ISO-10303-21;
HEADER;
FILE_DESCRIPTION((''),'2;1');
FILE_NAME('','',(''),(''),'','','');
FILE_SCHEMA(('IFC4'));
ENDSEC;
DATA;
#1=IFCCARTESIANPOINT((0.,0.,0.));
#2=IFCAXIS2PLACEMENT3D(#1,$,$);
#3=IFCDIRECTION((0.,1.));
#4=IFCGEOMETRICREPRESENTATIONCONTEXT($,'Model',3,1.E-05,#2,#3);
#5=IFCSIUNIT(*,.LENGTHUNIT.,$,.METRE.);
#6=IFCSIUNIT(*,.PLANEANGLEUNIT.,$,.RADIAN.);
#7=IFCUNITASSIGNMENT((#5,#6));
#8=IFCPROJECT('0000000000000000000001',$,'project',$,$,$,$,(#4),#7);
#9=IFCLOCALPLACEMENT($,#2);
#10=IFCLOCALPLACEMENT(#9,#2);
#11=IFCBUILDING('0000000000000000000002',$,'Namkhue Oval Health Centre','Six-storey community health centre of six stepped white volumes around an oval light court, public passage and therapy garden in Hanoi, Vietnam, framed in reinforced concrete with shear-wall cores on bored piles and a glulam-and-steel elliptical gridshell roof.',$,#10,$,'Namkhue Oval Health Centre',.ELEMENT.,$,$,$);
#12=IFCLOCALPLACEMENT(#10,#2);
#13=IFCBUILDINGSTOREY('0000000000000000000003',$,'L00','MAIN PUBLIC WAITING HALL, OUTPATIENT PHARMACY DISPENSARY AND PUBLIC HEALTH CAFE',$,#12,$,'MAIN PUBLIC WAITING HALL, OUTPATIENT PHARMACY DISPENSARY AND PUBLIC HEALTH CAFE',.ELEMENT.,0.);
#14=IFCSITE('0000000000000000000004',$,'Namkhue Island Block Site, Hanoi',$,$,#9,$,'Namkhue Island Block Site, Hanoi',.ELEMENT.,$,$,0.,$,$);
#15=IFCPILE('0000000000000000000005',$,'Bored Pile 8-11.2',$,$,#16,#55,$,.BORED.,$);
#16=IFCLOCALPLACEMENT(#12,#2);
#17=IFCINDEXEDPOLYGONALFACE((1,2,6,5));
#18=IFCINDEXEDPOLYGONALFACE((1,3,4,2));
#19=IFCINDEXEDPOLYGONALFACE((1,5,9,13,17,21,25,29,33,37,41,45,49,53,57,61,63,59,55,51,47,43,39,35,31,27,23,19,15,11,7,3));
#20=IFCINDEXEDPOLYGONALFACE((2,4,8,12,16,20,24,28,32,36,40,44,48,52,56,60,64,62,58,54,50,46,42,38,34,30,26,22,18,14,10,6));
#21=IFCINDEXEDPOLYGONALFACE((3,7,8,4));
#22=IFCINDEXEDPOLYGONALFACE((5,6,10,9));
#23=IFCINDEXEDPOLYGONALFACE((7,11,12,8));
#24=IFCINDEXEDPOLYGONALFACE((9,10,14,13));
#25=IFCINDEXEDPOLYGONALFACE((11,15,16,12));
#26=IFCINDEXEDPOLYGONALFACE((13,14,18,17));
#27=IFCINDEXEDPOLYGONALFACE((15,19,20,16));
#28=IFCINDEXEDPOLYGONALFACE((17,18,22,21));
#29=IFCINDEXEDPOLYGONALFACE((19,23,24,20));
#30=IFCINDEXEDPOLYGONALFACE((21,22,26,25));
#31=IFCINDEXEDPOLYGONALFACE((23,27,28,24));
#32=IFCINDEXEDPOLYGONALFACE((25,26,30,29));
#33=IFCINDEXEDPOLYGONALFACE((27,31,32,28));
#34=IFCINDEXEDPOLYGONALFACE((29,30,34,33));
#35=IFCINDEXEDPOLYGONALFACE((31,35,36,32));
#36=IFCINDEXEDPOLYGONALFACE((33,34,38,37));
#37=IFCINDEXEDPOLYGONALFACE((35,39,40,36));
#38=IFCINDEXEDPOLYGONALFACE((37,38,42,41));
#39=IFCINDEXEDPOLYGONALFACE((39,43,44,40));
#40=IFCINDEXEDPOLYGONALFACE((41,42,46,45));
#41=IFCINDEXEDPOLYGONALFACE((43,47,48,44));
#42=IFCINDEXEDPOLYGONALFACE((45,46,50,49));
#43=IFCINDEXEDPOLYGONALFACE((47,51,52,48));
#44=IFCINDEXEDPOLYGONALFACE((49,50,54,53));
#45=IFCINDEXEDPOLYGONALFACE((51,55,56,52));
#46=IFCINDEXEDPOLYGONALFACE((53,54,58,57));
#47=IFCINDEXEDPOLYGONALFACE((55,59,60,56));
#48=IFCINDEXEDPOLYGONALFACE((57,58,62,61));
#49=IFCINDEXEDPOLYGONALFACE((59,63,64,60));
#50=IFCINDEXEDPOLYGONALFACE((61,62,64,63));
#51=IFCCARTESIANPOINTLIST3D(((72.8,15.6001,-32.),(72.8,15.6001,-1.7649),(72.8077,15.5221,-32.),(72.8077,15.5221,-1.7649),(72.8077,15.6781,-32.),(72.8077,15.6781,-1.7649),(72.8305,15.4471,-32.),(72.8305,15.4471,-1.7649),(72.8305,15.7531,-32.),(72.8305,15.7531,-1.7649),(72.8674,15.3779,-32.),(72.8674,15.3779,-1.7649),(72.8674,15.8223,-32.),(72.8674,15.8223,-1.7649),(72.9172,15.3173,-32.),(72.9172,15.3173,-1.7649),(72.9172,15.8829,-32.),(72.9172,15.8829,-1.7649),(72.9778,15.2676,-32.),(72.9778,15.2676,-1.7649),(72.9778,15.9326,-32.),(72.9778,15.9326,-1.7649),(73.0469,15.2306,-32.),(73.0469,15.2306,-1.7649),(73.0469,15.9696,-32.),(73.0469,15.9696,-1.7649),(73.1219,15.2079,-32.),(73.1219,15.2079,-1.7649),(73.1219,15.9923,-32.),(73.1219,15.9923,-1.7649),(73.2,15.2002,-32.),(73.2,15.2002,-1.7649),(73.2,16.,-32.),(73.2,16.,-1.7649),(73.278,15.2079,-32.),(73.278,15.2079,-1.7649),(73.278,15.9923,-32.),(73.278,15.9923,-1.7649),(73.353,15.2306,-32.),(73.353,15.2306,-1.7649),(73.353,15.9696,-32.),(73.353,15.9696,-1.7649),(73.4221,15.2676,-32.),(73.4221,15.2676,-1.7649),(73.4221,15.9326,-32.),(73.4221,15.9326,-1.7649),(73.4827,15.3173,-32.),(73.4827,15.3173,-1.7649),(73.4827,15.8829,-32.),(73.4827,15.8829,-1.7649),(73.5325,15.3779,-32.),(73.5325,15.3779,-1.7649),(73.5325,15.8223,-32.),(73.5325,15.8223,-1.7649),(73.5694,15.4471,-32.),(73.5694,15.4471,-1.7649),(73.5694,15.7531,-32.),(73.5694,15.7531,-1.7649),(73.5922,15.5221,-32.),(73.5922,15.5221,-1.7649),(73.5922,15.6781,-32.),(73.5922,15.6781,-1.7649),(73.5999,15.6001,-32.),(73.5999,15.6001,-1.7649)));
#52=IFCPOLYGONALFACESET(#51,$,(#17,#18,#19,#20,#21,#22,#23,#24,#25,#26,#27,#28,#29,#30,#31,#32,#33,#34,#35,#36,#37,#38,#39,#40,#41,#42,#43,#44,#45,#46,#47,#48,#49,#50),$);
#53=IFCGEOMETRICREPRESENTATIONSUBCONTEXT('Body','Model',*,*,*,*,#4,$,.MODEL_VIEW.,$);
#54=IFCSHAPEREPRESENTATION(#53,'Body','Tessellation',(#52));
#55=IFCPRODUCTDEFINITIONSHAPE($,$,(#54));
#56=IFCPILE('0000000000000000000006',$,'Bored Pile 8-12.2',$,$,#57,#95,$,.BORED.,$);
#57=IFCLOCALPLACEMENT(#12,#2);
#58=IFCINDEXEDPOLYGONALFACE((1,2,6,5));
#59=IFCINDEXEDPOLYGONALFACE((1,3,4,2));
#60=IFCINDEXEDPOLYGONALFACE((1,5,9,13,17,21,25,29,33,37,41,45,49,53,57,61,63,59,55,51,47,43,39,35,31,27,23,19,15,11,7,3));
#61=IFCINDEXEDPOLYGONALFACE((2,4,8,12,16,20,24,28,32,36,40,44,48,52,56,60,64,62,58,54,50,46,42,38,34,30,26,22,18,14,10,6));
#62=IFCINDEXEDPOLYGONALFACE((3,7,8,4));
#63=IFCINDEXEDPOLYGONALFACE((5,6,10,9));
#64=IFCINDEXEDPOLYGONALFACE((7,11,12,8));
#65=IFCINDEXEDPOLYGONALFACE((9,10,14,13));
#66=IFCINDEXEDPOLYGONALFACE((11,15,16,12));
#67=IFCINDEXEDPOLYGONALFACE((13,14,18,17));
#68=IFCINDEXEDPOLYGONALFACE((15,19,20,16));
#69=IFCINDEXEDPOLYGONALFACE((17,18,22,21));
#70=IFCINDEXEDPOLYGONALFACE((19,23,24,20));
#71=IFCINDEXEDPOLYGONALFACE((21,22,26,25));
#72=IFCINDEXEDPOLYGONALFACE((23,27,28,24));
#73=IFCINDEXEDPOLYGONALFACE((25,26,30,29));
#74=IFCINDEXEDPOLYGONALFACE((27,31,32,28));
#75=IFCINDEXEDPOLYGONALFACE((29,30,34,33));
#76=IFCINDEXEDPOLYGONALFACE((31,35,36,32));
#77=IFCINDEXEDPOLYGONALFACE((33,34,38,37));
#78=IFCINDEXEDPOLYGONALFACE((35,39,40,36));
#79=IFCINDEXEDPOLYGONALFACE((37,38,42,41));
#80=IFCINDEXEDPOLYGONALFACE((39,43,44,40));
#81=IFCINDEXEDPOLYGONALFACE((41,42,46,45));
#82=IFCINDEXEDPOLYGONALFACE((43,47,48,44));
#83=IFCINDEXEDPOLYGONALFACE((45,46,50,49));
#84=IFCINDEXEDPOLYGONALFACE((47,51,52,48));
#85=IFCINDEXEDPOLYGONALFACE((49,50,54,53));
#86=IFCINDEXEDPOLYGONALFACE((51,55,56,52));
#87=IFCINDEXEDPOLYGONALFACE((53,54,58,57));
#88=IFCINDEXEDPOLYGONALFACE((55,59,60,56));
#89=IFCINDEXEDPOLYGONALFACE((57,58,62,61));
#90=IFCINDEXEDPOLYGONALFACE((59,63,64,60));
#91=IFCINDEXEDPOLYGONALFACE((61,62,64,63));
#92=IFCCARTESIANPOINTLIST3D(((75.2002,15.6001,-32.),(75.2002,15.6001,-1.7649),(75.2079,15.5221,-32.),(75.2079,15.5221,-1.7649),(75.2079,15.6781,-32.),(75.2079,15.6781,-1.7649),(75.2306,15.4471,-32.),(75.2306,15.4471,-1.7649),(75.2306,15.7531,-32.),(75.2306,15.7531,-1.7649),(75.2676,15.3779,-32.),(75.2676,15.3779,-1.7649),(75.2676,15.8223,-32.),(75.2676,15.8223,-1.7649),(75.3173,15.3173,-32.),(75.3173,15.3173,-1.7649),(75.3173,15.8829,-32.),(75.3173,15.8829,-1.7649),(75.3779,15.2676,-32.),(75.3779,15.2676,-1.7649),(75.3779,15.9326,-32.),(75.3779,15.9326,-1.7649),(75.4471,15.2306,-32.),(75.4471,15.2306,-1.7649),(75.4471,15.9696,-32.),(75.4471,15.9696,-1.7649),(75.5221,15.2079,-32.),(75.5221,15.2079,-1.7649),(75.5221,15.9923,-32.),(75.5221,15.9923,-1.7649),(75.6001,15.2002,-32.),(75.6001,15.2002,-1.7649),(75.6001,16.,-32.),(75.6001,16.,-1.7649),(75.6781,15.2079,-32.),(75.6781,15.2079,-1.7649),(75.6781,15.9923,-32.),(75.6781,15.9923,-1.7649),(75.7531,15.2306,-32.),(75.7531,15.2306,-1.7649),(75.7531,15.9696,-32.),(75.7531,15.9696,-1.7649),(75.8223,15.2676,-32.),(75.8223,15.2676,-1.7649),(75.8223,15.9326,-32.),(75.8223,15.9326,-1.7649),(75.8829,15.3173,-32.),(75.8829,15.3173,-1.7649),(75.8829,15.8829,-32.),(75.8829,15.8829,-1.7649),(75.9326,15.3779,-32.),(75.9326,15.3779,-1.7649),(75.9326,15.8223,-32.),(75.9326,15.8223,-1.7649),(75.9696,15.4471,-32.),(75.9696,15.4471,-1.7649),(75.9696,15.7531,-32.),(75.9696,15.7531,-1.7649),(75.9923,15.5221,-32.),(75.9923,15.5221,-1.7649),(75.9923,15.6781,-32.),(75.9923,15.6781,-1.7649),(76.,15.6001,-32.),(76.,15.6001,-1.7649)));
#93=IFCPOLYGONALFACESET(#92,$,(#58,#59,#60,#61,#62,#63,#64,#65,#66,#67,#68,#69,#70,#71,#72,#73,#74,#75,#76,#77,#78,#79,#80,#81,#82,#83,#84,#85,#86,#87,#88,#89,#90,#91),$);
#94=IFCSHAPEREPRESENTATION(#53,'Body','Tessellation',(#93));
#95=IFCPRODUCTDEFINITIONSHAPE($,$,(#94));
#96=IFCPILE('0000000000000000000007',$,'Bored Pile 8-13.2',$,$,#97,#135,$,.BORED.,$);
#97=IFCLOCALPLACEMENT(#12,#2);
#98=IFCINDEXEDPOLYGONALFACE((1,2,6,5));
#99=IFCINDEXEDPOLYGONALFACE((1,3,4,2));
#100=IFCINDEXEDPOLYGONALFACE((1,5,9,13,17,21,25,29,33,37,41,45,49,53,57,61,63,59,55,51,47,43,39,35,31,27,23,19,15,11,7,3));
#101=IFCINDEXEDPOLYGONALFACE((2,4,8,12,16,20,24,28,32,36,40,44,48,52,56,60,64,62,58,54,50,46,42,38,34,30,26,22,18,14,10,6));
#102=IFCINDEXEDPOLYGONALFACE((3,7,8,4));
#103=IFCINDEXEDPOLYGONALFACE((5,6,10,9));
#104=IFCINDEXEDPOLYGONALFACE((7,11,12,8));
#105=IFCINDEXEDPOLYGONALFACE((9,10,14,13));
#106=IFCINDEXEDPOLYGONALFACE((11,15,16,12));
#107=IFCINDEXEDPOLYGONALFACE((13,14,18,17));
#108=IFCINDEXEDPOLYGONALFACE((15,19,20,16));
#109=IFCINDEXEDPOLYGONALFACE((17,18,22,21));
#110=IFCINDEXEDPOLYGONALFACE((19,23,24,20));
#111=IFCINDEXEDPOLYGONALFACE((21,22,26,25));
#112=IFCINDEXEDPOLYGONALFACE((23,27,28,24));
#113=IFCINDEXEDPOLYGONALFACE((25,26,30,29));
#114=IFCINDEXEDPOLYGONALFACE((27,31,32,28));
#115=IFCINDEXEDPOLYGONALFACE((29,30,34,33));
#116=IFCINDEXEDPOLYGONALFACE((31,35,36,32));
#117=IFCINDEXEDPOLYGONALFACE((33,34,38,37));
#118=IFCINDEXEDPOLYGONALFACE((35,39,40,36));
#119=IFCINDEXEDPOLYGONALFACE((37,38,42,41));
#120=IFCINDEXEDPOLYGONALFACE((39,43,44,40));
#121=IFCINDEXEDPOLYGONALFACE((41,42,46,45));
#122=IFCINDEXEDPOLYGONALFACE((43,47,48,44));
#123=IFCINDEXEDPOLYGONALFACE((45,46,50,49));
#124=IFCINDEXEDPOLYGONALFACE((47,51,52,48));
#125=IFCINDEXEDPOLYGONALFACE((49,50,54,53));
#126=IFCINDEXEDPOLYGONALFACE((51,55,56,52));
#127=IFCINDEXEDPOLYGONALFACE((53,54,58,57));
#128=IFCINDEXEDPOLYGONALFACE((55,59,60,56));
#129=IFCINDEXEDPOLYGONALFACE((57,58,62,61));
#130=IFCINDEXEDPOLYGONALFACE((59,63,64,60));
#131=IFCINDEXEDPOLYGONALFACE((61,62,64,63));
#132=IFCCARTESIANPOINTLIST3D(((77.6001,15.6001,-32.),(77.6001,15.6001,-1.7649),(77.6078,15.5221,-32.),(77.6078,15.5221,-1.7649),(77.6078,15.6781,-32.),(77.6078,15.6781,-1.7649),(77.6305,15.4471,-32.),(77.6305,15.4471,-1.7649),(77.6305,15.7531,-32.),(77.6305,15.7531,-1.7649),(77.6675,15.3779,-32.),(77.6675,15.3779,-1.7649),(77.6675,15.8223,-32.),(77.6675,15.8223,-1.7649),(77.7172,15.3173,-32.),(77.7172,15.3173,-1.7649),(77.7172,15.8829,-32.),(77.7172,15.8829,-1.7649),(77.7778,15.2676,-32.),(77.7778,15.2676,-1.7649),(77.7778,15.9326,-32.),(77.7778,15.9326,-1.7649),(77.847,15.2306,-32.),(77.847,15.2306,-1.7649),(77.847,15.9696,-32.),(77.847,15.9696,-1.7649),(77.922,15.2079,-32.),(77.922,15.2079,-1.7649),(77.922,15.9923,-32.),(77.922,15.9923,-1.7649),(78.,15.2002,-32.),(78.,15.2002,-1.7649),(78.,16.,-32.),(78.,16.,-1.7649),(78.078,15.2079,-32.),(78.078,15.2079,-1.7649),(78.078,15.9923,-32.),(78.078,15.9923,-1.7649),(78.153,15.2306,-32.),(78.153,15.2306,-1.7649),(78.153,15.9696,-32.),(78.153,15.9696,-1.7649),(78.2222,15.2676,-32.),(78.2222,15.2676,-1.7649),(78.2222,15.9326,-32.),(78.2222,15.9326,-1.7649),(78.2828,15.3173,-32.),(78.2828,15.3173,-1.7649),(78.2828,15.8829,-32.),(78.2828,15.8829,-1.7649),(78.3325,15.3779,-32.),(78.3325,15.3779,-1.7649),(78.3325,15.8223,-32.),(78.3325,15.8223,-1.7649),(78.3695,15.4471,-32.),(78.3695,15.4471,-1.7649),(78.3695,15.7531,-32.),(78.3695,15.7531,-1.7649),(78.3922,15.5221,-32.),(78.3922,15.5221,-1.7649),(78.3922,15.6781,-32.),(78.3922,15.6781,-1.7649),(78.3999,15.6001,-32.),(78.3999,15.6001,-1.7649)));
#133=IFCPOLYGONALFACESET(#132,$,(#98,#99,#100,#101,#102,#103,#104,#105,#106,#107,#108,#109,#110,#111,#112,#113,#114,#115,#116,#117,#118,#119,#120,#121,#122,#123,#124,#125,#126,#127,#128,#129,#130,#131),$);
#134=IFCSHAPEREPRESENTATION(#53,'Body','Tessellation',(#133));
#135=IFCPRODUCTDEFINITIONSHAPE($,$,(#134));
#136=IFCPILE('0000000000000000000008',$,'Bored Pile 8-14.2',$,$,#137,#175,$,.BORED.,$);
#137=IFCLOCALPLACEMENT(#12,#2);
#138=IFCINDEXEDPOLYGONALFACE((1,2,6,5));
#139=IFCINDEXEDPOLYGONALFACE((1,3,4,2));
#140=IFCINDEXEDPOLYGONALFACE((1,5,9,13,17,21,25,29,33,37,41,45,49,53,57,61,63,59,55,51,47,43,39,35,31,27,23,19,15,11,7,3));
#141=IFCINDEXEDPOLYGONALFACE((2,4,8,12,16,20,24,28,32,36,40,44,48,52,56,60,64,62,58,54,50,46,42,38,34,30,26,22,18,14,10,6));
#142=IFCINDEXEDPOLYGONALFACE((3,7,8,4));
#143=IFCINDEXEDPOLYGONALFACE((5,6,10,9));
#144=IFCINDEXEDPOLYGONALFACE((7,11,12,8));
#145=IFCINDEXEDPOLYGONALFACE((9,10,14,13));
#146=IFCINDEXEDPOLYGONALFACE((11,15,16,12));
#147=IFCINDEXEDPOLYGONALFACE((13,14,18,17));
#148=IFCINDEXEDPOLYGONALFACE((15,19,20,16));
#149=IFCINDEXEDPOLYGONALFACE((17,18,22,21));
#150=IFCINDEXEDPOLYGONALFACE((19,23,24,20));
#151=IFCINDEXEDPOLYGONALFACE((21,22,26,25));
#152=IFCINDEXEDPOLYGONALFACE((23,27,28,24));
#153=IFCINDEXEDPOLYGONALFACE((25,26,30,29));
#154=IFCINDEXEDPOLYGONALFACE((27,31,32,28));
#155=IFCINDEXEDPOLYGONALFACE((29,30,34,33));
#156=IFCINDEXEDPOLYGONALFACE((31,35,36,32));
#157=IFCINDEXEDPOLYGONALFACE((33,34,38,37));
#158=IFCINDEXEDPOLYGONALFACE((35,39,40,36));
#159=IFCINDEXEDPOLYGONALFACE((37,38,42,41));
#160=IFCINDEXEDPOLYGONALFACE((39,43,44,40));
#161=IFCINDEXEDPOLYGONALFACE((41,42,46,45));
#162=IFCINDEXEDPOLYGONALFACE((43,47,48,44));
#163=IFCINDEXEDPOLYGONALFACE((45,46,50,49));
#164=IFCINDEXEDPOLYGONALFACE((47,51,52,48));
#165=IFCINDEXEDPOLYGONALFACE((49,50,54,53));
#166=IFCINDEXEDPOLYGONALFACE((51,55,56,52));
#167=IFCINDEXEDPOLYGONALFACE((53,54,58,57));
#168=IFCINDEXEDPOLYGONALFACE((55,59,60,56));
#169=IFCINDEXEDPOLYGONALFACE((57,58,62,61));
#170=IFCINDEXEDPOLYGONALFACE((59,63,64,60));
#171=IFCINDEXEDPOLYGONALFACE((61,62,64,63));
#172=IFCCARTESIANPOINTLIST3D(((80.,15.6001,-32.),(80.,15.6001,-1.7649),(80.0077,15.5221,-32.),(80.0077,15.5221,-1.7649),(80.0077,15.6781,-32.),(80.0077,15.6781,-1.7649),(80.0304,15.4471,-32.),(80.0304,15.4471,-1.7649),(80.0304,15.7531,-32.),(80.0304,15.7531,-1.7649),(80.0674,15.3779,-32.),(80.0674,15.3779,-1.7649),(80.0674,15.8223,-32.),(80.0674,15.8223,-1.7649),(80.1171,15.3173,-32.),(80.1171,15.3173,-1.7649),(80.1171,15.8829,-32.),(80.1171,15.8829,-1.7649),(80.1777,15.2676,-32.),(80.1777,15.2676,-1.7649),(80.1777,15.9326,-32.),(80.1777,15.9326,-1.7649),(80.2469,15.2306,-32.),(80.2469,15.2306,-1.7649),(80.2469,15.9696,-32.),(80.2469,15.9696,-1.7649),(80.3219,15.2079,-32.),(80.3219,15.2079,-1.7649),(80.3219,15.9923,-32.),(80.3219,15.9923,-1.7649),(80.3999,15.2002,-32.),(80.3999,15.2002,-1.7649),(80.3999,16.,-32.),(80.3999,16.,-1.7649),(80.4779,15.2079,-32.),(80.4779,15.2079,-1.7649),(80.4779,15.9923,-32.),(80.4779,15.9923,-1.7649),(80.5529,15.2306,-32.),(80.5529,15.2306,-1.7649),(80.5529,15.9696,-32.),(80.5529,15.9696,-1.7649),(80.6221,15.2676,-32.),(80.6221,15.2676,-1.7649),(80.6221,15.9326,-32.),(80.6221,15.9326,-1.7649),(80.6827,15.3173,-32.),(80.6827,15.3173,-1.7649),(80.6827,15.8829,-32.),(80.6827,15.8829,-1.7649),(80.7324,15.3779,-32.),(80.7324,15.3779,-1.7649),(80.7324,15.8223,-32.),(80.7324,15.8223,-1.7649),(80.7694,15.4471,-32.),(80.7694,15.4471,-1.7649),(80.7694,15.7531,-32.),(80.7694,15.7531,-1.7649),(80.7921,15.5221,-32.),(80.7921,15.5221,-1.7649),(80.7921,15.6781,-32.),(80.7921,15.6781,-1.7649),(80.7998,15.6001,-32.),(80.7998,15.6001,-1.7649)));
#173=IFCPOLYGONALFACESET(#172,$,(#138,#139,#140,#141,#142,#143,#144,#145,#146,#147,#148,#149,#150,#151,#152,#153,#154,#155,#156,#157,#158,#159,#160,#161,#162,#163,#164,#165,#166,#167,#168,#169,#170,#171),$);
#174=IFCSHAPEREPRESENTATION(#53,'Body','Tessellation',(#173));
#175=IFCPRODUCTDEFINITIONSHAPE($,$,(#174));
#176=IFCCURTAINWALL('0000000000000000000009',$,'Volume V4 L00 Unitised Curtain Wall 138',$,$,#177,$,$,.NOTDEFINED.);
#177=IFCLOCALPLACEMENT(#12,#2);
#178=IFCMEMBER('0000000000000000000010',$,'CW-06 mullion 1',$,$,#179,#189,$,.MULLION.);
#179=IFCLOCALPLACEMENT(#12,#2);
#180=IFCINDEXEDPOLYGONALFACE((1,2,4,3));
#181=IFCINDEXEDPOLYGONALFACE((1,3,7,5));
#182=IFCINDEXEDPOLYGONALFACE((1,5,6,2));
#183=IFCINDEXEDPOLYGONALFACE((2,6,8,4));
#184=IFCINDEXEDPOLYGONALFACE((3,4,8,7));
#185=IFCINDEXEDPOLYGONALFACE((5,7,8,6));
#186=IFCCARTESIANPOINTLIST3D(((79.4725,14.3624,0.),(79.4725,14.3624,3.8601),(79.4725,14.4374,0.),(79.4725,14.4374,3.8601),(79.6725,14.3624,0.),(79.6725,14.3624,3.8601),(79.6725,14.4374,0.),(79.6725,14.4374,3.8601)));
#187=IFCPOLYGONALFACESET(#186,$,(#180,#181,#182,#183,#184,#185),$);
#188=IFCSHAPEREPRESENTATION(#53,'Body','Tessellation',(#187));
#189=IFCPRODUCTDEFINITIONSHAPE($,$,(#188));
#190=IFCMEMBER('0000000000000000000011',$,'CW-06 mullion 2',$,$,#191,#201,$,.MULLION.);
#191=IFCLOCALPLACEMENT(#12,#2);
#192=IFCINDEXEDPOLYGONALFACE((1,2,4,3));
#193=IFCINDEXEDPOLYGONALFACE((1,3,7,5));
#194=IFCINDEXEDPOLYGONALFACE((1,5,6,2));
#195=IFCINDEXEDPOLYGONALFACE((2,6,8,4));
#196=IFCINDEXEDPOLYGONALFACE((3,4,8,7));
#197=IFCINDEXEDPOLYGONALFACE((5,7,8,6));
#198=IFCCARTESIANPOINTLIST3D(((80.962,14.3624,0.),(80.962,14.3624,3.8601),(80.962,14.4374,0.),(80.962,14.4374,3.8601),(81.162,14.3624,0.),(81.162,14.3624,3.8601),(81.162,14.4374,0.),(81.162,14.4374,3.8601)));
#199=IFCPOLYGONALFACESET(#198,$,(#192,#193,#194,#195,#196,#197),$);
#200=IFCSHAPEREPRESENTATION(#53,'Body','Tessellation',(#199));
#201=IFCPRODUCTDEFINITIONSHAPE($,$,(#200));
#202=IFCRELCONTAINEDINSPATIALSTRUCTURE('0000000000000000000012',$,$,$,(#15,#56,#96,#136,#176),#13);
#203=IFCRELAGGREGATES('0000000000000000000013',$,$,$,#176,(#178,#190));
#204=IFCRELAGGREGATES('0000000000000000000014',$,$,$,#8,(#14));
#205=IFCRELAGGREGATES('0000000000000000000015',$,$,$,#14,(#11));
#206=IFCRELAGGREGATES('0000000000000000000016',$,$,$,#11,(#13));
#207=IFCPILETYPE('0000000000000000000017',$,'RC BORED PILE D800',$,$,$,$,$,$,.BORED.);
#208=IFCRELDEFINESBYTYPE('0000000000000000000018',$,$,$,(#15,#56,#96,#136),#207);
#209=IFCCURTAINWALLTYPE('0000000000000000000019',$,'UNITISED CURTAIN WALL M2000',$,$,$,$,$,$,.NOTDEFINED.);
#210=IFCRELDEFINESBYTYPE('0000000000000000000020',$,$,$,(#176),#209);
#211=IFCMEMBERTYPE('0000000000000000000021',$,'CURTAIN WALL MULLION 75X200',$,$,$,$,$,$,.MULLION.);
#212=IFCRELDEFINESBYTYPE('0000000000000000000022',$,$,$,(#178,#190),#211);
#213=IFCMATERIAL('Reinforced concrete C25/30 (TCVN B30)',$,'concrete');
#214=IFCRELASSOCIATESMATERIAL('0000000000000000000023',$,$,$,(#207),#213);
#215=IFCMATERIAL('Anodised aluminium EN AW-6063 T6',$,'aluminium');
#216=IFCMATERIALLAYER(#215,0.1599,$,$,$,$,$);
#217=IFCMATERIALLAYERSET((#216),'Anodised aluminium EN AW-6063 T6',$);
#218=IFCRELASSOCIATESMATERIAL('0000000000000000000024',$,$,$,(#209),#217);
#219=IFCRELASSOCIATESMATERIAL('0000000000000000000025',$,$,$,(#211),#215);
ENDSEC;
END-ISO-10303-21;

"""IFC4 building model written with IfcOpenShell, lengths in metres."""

from ifc_helpers import new_model, si_unit, direction, frame, origin, origin_2d, place, context, subcontext, project, spatial, rectangle, circle, extrude, material, layer, layer_set, material_profile, profile_set, type_object, element, aggregate, save


model = new_model("IFC4")

# Units and contexts
model_context = context("Model", 3, precision=1e-05, world=origin(), true_north=direction((0.0, 1.0)))
body_context = subcontext(model_context, "Body", "Model", "MODEL_VIEW")
ifc_project = project(units=[si_unit("LENGTHUNIT", "METRE"), si_unit("PLANEANGLEUNIT", "RADIAN")], contexts=[model_context])

# Site, building, storey
site_placement = place(None, origin())
site = spatial("IfcSite", under=ifc_project, at=site_placement, Name="Namkhue Island Block Site, Hanoi", LongName="Namkhue Island Block Site, Hanoi", CompositionType="ELEMENT", RefElevation=0.0)
building_placement = place(site_placement, origin())
building = spatial("IfcBuilding", under=site, at=building_placement, Name="Namkhue Oval Health Centre", Description="Six-storey community health centre of six stepped white volumes around an oval light court, public passage and therapy garden in Hanoi, Vietnam, framed in reinforced concrete with shear-wall cores on bored piles and a glulam-and-steel elliptical gridshell roof.", LongName="Namkhue Oval Health Centre", CompositionType="ELEMENT")
storey_placement = place(building_placement, origin())
storey = spatial("IfcBuildingStorey", under=building, at=storey_placement, Name="L00", Description="MAIN PUBLIC WAITING HALL, OUTPATIENT PHARMACY DISPENSARY AND PUBLIC HEALTH CAFE", LongName="MAIN PUBLIC WAITING HALL, OUTPATIENT PHARMACY DISPENSARY AND PUBLIC HEALTH CAFE", CompositionType="ELEMENT", Elevation=0.0)

# Piles
ifc_material_1 = material(Name="Reinforced concrete C25/30 (TCVN B30)", Category="concrete")
ifc_material_profile_1 = material_profile(ifc_material_1, circle(Radius=0.3999, at=origin_2d()), Name="BORED PILE D800")
ifc_profile_set_1 = profile_set([ifc_material_profile_1], Name="Reinforced concrete C25/30 (TCVN B30)")
pile_type_1 = type_object("IfcPileType", Name="RC BORED PILE D800", PredefinedType="BORED", material=ifc_profile_set_1)
for number, where, z_axis, x_axis, name in (
    (1, (73.2, 15.6001, -1.7649), (0.0, 0.0, -1.0), (1.0, 0.0, 0.0), "Bored Pile 8-11.2"),
    (2, (75.6001, 15.6001, -1.7649), (0.0, 0.0, -1.0), (1.0, 0.0, 0.0), "Bored Pile 8-12.2"),
    (3, (78.0, 15.6001, -1.7649), (0.0, 0.0, -1.0), (1.0, 0.0, 0.0), "Bored Pile 8-13.2"),
    (4, (80.3999, 15.6001, -1.7649), (0.0, 0.0, -1.0), (1.0, 0.0, 0.0), "Bored Pile 8-14.2"),
):
    element("IfcPile", number, at=place(storey_placement, frame(where, z_axis=z_axis, x_axis=x_axis)), inside=storey, type_object=pile_type_1, Name=name, PredefinedType="BORED", context=body_context, shape_type="SweptSolid", body=[
        extrude(circle(Radius=0.3999, at=origin_2d()), origin(), (0.0, 0.0, 1.0), 30.2351),
    ])

# Curtain wall, members
ifc_material_2 = material(Name="Anodised aluminium EN AW-6063 T6", Category="aluminium")
ifc_layer_1 = layer(ifc_material_2, 0.1599)
ifc_layer_set_1 = layer_set([ifc_layer_1], Name="Anodised aluminium EN AW-6063 T6")
curtain_wall_type = type_object("IfcCurtainWallType", Name="UNITISED CURTAIN WALL M2000", PredefinedType="NOTDEFINED", material=ifc_layer_set_1)
curtain_wall_placement = place(storey_placement, origin())
curtain_wall = element("IfcCurtainWall", 5, at=curtain_wall_placement, inside=storey, type_object=curtain_wall_type, Name="Volume V4 L00 Unitised Curtain Wall 138", PredefinedType="NOTDEFINED")
ifc_material_profile_2 = material_profile(ifc_material_2, rectangle(XDim=0.075, YDim=0.2, at=origin_2d()), Name="ALU 75x200")
ifc_profile_set_2 = profile_set([ifc_material_profile_2], Name="Anodised aluminium EN AW-6063 T6")
member_type_1 = type_object("IfcMemberType", Name="CURTAIN WALL MULLION 75X200", PredefinedType="MULLION", material=ifc_profile_set_2)
member_1_placement = place(storey_placement, frame((79.5725, 14.3999, 0.0), z_axis=(0.0, 0.0, 1.0), x_axis=(0.0, 1.0, 0.0)))
member_1 = element("IfcMember", 6, at=member_1_placement, type_object=member_type_1, Name="CW-06 mullion 1", PredefinedType="MULLION", context=body_context, shape_type="SweptSolid", body=[
    extrude(rectangle(XDim=0.075, YDim=0.2, at=origin_2d()), origin(), (0.0, 0.0, 1.0), 3.8601),
])
member_2_placement = place(storey_placement, frame((81.062, 14.3999, 0.0), z_axis=(0.0, 0.0, 1.0), x_axis=(0.0, 1.0, 0.0)))
member_2 = element("IfcMember", 7, at=member_2_placement, type_object=member_type_1, Name="CW-06 mullion 2", PredefinedType="MULLION", context=body_context, shape_type="SweptSolid", body=[
    extrude(rectangle(XDim=0.075, YDim=0.2, at=origin_2d()), origin(), (0.0, 0.0, 1.0), 3.8601),
])

aggregate(curtain_wall, [member_1, member_2])

save(model, "model.ifc")
